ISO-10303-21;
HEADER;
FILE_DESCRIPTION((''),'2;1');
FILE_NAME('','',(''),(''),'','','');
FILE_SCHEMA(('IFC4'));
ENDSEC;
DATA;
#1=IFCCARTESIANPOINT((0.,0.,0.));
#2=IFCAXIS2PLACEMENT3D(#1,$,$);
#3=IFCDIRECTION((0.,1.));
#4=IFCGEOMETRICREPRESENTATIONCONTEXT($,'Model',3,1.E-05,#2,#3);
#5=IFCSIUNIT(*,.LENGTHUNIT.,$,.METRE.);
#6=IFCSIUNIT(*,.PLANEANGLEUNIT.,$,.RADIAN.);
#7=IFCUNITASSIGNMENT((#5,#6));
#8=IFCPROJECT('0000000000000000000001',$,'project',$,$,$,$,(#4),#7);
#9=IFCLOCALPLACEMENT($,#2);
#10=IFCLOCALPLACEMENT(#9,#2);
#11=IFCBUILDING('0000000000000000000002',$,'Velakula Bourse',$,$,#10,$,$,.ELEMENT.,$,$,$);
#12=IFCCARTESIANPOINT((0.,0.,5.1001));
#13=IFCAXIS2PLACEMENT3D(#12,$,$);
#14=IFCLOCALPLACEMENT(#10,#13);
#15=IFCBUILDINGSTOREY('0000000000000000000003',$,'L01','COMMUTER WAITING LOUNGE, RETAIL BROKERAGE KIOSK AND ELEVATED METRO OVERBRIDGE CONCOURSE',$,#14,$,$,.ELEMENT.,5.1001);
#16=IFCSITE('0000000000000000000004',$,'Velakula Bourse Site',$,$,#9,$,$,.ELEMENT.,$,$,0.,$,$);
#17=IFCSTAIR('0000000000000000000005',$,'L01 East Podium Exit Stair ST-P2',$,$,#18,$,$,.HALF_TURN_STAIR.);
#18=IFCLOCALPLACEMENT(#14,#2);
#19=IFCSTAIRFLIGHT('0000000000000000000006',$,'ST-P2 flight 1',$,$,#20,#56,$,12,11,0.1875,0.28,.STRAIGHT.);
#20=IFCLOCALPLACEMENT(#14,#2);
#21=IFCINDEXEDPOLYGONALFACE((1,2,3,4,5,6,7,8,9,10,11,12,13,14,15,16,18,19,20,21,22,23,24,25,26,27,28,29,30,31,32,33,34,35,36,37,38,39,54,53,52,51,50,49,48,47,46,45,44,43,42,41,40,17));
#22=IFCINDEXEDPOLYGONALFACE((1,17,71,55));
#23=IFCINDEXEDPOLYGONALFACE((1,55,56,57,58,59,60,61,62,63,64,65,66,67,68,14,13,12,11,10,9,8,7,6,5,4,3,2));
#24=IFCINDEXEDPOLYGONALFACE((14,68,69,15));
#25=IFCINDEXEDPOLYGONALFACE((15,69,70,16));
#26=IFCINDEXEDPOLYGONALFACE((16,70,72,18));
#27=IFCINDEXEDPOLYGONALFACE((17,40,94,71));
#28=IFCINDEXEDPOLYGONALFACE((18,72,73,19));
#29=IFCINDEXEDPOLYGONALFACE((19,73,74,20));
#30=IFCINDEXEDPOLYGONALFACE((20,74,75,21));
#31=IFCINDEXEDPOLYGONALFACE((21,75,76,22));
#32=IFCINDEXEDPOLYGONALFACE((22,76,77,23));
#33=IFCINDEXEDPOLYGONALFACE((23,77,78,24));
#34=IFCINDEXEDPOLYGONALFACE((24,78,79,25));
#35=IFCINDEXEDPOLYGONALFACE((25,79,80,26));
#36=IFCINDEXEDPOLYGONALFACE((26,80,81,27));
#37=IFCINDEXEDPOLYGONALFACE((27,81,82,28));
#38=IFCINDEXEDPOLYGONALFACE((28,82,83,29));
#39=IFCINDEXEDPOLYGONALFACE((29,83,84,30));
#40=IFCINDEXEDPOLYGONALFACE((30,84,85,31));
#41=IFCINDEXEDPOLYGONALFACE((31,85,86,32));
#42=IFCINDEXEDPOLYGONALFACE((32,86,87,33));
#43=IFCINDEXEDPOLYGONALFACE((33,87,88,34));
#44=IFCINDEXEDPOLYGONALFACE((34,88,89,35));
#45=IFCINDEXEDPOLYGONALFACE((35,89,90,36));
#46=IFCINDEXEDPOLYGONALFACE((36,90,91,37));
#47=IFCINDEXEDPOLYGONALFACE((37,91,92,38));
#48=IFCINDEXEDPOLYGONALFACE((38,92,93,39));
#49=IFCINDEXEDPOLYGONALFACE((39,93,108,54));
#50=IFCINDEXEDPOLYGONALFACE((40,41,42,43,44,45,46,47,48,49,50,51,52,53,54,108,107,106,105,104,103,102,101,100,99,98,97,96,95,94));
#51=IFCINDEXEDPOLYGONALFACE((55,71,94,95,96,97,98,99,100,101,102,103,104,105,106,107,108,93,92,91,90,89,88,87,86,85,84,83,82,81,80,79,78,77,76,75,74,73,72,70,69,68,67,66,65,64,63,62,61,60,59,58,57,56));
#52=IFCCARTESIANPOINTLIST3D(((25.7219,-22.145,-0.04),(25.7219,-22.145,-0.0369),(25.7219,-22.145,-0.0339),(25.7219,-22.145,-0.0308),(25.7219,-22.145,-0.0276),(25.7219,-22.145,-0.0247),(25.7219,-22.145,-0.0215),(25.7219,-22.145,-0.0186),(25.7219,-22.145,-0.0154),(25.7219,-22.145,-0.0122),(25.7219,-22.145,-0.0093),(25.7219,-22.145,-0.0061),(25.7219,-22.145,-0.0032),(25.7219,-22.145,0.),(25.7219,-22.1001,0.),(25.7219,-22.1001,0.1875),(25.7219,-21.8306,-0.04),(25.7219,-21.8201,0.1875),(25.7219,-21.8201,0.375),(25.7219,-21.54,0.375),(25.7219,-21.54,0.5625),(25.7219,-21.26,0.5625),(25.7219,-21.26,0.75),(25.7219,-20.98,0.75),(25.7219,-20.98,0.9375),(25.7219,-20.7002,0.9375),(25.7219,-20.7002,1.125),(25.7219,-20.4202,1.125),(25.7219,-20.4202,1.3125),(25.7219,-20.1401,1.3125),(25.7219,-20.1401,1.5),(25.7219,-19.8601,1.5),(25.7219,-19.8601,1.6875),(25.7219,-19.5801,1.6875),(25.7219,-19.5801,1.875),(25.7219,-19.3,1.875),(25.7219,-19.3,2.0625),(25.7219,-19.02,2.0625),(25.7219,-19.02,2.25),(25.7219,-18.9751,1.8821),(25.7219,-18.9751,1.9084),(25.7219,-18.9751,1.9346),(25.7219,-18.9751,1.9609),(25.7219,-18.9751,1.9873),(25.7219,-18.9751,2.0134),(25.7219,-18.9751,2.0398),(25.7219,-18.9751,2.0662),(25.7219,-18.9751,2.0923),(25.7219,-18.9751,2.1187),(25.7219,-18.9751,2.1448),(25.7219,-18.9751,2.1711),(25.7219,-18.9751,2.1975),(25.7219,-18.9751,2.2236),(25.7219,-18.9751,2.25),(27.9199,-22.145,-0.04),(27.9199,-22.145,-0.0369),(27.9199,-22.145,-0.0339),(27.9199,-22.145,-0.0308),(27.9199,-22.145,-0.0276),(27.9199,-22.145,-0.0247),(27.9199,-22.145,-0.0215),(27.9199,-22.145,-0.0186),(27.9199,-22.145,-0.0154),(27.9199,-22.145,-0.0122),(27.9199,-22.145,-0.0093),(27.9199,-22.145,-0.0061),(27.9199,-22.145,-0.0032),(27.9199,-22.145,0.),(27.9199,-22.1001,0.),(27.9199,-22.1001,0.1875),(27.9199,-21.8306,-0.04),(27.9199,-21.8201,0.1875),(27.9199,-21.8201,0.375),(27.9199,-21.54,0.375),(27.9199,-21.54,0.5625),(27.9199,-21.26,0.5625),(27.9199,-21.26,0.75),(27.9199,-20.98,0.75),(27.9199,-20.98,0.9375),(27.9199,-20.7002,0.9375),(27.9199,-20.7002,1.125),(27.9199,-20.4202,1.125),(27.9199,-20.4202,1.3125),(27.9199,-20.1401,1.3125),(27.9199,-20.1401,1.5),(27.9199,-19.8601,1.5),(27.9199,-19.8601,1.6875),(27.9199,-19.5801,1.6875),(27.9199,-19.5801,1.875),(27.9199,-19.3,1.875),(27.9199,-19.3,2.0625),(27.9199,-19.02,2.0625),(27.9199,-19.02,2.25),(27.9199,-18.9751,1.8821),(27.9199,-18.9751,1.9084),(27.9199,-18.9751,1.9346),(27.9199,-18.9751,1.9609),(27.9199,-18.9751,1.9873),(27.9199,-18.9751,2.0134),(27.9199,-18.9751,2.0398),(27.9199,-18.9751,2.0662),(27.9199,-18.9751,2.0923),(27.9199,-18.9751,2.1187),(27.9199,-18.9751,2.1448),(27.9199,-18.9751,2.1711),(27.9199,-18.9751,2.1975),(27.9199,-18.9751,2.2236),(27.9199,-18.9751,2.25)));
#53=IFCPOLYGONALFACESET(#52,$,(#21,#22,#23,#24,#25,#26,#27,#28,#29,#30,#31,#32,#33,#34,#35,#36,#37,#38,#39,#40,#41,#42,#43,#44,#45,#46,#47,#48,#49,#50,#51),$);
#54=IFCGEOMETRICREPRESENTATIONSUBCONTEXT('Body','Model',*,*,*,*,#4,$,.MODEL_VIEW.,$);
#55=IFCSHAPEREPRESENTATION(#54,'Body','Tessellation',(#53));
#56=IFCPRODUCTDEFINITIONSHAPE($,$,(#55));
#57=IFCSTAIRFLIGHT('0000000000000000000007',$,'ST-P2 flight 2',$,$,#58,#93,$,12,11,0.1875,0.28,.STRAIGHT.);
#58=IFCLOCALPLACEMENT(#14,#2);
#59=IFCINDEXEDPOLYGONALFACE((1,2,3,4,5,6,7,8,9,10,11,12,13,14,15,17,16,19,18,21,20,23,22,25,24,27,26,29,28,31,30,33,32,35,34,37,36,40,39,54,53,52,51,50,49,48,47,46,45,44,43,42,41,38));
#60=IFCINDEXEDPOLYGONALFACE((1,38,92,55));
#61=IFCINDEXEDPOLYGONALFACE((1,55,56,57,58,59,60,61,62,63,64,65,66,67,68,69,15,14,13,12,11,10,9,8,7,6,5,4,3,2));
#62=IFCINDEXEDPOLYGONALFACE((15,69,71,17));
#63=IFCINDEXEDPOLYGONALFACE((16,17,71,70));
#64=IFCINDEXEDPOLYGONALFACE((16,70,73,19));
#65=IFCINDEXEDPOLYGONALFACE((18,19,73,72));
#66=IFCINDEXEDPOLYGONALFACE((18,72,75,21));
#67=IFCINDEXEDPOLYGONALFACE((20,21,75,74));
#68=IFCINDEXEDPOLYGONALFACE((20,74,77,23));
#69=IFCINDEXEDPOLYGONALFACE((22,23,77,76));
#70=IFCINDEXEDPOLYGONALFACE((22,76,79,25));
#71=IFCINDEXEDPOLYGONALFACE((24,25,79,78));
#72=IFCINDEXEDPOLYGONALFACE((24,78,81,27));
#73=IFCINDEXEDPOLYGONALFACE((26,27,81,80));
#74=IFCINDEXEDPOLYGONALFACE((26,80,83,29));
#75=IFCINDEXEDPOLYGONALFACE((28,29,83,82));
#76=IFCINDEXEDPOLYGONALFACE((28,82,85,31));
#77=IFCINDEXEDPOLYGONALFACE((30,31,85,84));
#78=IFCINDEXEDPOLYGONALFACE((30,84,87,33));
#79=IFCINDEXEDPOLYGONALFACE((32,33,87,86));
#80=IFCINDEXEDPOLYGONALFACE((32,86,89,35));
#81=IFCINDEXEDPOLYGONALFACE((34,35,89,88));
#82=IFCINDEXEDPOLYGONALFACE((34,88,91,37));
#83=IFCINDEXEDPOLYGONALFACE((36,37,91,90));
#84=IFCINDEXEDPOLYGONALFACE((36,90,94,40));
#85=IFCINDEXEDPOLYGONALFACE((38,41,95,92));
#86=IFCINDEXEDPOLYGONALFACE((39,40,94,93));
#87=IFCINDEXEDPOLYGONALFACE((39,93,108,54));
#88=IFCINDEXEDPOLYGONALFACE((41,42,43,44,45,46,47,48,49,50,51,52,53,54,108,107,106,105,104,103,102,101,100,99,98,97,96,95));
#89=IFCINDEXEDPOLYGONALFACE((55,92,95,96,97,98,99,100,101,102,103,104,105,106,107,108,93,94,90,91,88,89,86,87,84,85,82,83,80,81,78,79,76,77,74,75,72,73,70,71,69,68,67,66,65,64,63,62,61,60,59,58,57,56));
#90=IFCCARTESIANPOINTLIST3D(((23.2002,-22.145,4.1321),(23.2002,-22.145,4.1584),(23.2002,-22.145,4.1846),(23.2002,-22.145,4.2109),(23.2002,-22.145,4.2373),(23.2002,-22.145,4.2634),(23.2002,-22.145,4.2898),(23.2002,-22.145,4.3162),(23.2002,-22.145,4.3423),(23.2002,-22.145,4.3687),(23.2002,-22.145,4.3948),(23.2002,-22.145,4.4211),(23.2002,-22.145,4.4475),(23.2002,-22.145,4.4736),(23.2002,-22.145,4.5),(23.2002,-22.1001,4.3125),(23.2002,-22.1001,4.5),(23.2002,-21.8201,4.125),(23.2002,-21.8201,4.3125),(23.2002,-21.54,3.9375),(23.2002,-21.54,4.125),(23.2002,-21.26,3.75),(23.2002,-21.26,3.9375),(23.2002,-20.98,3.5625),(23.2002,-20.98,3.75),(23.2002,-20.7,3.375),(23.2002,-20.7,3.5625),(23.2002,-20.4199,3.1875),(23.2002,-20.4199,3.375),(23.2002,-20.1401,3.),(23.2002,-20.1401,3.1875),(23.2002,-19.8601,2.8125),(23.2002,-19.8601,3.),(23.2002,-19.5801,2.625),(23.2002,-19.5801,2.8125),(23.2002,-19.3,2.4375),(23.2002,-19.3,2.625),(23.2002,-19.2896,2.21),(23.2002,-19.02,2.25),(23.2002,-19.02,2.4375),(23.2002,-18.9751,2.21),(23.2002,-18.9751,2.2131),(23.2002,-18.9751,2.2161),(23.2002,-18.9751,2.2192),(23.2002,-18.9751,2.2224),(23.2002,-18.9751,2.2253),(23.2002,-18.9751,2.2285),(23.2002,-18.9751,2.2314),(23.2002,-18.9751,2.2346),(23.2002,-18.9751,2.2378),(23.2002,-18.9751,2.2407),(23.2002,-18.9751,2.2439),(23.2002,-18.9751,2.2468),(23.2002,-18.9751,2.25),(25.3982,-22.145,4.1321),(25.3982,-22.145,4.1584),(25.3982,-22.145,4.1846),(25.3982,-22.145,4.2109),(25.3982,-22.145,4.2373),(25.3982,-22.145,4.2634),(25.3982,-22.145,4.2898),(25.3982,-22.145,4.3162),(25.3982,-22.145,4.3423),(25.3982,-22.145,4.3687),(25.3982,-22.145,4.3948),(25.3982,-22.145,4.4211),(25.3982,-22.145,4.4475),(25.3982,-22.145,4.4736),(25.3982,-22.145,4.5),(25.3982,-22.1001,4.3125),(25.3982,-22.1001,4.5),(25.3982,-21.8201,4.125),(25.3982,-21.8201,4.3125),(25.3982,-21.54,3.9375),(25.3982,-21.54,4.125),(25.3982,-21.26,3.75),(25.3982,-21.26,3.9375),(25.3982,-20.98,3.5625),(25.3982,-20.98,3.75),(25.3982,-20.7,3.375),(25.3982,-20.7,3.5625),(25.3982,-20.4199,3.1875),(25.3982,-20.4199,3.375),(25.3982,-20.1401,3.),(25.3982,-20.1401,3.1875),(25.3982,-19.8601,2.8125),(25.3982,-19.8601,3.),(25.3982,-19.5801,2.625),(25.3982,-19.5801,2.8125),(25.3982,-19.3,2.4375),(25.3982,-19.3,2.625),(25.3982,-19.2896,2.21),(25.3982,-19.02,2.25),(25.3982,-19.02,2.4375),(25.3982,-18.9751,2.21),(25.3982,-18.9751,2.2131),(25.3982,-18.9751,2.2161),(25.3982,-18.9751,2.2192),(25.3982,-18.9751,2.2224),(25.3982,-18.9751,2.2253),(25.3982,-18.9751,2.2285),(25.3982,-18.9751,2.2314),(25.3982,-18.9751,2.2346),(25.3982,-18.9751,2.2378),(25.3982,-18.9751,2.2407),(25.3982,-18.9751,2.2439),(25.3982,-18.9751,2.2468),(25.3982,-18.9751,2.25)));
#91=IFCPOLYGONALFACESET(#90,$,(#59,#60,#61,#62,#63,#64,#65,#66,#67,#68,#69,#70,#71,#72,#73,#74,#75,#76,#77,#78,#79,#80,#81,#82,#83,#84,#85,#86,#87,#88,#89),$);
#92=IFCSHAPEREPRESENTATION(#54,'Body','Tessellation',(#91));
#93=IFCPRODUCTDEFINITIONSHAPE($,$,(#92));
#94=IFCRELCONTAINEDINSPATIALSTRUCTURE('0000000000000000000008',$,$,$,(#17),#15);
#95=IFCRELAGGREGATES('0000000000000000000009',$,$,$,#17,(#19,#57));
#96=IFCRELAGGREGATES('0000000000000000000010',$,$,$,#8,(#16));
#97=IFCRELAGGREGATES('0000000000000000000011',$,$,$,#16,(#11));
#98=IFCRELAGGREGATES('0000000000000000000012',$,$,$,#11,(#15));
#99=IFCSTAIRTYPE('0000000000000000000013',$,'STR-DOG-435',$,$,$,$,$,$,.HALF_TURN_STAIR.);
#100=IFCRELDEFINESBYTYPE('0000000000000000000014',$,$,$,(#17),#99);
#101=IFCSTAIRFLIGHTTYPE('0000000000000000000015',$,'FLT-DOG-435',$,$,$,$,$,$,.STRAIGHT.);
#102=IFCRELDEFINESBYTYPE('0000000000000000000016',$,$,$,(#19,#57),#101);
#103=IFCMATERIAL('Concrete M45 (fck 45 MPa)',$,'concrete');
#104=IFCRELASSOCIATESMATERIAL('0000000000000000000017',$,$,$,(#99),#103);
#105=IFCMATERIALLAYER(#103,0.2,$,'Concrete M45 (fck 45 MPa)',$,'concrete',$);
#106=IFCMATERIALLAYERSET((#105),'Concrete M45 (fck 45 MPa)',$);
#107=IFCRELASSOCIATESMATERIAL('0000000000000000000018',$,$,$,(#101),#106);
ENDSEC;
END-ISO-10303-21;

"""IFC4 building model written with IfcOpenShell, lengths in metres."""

from ifc_helpers import new_model, si_unit, direction, frame, origin, place, context, subcontext, project, spatial, polyline, outline, extrude, material, layer, layer_set, type_object, element, aggregate, save


model = new_model("IFC4")

# Units and contexts
model_context = context("Model", 3, precision=1e-05, world=origin(), true_north=direction((0.0, 1.0)))
body_context = subcontext(model_context, "Body", "Model", "MODEL_VIEW")
ifc_project = project(units=[si_unit("LENGTHUNIT", "METRE"), si_unit("PLANEANGLEUNIT", "RADIAN")], contexts=[model_context])

# Site, building, storey
site_placement = place(None, origin())
site = spatial("IfcSite", under=ifc_project, at=site_placement, Name="Velakula Bourse Site", CompositionType="ELEMENT", RefElevation=0.0)
building_placement = place(site_placement, origin())
building = spatial("IfcBuilding", under=site, at=building_placement, Name="Velakula Bourse", CompositionType="ELEMENT")
storey_placement = place(building_placement, frame((0.0, 0.0, 5.1001)))
storey = spatial("IfcBuildingStorey", under=building, at=storey_placement, Name="L01", Description="COMMUTER WAITING LOUNGE, RETAIL BROKERAGE KIOSK AND ELEVATED METRO OVERBRIDGE CONCOURSE", CompositionType="ELEMENT", Elevation=5.1001)

# Stair, stair flights
ifc_material_1 = material(Name="Concrete M45 (fck 45 MPa)", Category="concrete")
stair_type = type_object("IfcStairType", Name="STR-DOG-435", PredefinedType="HALF_TURN_STAIR", material=ifc_material_1)
stair_placement = place(storey_placement, origin())
stair = element("IfcStair", 1, at=stair_placement, inside=storey, type_object=stair_type, Name="L01 East Podium Exit Stair ST-P2", PredefinedType="HALF_TURN_STAIR")
ifc_layer_1 = layer(ifc_material_1, 0.2, Name="Concrete M45 (fck 45 MPa)", Category="concrete")
ifc_layer_set_1 = layer_set([ifc_layer_1], Name="Concrete M45 (fck 45 MPa)")
stair_flight_type = type_object("IfcStairFlightType", Name="FLT-DOG-435", PredefinedType="STRAIGHT", material=ifc_layer_set_1)
stair_flight_1_placement = place(storey_placement, frame((26.821, -22.1001, 0.0), z_axis=(0.0, 0.0, 1.0), x_axis=(0.0, 1.0, 0.0)))
stair_flight_1 = element("IfcStairFlight", 2, at=stair_flight_1_placement, type_object=stair_flight_type, Name="ST-P2 flight 1", NumberOfRisers=12, NumberOfTreads=11, PredefinedType="STRAIGHT", RiserHeight=0.1875, TreadLength=0.28, context=body_context, shape_type="SweptSolid", body=[
    extrude(outline(polyline([(-0.0449, -0.04), (-0.0449, -0.0369), (-0.0449, -0.0339), (-0.0449, -0.0308), (-0.0449, -0.0276), (-0.0449, -0.0247), (-0.0449, -0.0215), (-0.0449, -0.0186), (-0.0449, -0.0154), (-0.0449, -0.0122), (-0.0449, -0.0093), (-0.0449, -0.0061), (-0.0449, -0.0032), (-0.0449, 0.0), (0.0, 0.0), (0.0, 0.1875), (0.28, 0.1875), (0.28, 0.375), (0.5601, 0.375), (0.5601, 0.5625), (0.8401, 0.5625), (0.8401, 0.75), (1.1201, 0.75), (1.1201, 0.9375), (1.3999, 0.9375), (1.3999, 1.125), (1.6799, 1.125), (1.6799, 1.3125), (1.96, 1.3125), (1.96, 1.5), (2.24, 1.5), (2.24, 1.6875), (2.52, 1.6875), (2.52, 1.875), (2.8, 1.875), (2.8, 2.0625), (3.0801, 2.0625), (3.0801, 2.25), (3.125, 2.25), (3.125, 2.2236), (3.125, 2.1975), (3.125, 2.1711), (3.125, 2.1448), (3.125, 2.1187), (3.125, 2.0923), (3.125, 2.0662), (3.125, 2.0398), (3.125, 2.0134), (3.125, 1.9873), (3.125, 1.9609), (3.125, 1.9346), (3.125, 1.9084), (3.125, 1.8821), (0.2695, -0.04), (-0.0449, -0.04)])), frame((0.0, 1.0991, 0.0), z_axis=(0.0, -1.0, 0.0), x_axis=(1.0, 0.0, 0.0)), (0.0, 0.0, 1.0), 2.198),
])
stair_flight_2_placement = place(storey_placement, frame((24.2991, -19.02, 2.25), z_axis=(0.0, 0.0, 1.0), x_axis=(0.0, -1.0, 0.0)))
stair_flight_2 = element("IfcStairFlight", 3, at=stair_flight_2_placement, type_object=stair_flight_type, Name="ST-P2 flight 2", NumberOfRisers=12, NumberOfTreads=11, PredefinedType="STRAIGHT", RiserHeight=0.1875, TreadLength=0.28, context=body_context, shape_type="SweptSolid", body=[
    extrude(outline(polyline([(-0.0449, -0.04), (-0.0449, -0.0369), (-0.0449, -0.0339), (-0.0449, -0.0308), (-0.0449, -0.0276), (-0.0449, -0.0247), (-0.0449, -0.0215), (-0.0449, -0.0186), (-0.0449, -0.0154), (-0.0449, -0.0122), (-0.0449, -0.0093), (-0.0449, -0.0061), (-0.0449, -0.0032), (-0.0449, 0.0), (0.0, 0.0), (0.0, 0.1875), (0.28, 0.1875), (0.28, 0.375), (0.5601, 0.375), (0.5601, 0.5625), (0.8401, 0.5625), (0.8401, 0.75), (1.1201, 0.75), (1.1201, 0.9375), (1.3999, 0.9375), (1.3999, 1.125), (1.6799, 1.125), (1.6799, 1.3125), (1.96, 1.3125), (1.96, 1.5), (2.24, 1.5), (2.24, 1.6875), (2.52, 1.6875), (2.52, 1.875), (2.8, 1.875), (2.8, 2.0625), (3.0801, 2.0625), (3.0801, 2.25), (3.125, 2.25), (3.125, 2.2236), (3.125, 2.1975), (3.125, 2.1711), (3.125, 2.1448), (3.125, 2.1187), (3.125, 2.0923), (3.125, 2.0662), (3.125, 2.0398), (3.125, 2.0134), (3.125, 1.9873), (3.125, 1.9609), (3.125, 1.9346), (3.125, 1.9084), (3.125, 1.8821), (0.2695, -0.04), (-0.0449, -0.04)])), frame((0.0, 1.0991, 0.0), z_axis=(0.0, -1.0, 0.0), x_axis=(1.0, 0.0, 0.0)), (0.0, 0.0, 1.0), 2.198),
])
aggregate(stair, [stair_flight_1, stair_flight_2])

save(model, "model.ifc")
